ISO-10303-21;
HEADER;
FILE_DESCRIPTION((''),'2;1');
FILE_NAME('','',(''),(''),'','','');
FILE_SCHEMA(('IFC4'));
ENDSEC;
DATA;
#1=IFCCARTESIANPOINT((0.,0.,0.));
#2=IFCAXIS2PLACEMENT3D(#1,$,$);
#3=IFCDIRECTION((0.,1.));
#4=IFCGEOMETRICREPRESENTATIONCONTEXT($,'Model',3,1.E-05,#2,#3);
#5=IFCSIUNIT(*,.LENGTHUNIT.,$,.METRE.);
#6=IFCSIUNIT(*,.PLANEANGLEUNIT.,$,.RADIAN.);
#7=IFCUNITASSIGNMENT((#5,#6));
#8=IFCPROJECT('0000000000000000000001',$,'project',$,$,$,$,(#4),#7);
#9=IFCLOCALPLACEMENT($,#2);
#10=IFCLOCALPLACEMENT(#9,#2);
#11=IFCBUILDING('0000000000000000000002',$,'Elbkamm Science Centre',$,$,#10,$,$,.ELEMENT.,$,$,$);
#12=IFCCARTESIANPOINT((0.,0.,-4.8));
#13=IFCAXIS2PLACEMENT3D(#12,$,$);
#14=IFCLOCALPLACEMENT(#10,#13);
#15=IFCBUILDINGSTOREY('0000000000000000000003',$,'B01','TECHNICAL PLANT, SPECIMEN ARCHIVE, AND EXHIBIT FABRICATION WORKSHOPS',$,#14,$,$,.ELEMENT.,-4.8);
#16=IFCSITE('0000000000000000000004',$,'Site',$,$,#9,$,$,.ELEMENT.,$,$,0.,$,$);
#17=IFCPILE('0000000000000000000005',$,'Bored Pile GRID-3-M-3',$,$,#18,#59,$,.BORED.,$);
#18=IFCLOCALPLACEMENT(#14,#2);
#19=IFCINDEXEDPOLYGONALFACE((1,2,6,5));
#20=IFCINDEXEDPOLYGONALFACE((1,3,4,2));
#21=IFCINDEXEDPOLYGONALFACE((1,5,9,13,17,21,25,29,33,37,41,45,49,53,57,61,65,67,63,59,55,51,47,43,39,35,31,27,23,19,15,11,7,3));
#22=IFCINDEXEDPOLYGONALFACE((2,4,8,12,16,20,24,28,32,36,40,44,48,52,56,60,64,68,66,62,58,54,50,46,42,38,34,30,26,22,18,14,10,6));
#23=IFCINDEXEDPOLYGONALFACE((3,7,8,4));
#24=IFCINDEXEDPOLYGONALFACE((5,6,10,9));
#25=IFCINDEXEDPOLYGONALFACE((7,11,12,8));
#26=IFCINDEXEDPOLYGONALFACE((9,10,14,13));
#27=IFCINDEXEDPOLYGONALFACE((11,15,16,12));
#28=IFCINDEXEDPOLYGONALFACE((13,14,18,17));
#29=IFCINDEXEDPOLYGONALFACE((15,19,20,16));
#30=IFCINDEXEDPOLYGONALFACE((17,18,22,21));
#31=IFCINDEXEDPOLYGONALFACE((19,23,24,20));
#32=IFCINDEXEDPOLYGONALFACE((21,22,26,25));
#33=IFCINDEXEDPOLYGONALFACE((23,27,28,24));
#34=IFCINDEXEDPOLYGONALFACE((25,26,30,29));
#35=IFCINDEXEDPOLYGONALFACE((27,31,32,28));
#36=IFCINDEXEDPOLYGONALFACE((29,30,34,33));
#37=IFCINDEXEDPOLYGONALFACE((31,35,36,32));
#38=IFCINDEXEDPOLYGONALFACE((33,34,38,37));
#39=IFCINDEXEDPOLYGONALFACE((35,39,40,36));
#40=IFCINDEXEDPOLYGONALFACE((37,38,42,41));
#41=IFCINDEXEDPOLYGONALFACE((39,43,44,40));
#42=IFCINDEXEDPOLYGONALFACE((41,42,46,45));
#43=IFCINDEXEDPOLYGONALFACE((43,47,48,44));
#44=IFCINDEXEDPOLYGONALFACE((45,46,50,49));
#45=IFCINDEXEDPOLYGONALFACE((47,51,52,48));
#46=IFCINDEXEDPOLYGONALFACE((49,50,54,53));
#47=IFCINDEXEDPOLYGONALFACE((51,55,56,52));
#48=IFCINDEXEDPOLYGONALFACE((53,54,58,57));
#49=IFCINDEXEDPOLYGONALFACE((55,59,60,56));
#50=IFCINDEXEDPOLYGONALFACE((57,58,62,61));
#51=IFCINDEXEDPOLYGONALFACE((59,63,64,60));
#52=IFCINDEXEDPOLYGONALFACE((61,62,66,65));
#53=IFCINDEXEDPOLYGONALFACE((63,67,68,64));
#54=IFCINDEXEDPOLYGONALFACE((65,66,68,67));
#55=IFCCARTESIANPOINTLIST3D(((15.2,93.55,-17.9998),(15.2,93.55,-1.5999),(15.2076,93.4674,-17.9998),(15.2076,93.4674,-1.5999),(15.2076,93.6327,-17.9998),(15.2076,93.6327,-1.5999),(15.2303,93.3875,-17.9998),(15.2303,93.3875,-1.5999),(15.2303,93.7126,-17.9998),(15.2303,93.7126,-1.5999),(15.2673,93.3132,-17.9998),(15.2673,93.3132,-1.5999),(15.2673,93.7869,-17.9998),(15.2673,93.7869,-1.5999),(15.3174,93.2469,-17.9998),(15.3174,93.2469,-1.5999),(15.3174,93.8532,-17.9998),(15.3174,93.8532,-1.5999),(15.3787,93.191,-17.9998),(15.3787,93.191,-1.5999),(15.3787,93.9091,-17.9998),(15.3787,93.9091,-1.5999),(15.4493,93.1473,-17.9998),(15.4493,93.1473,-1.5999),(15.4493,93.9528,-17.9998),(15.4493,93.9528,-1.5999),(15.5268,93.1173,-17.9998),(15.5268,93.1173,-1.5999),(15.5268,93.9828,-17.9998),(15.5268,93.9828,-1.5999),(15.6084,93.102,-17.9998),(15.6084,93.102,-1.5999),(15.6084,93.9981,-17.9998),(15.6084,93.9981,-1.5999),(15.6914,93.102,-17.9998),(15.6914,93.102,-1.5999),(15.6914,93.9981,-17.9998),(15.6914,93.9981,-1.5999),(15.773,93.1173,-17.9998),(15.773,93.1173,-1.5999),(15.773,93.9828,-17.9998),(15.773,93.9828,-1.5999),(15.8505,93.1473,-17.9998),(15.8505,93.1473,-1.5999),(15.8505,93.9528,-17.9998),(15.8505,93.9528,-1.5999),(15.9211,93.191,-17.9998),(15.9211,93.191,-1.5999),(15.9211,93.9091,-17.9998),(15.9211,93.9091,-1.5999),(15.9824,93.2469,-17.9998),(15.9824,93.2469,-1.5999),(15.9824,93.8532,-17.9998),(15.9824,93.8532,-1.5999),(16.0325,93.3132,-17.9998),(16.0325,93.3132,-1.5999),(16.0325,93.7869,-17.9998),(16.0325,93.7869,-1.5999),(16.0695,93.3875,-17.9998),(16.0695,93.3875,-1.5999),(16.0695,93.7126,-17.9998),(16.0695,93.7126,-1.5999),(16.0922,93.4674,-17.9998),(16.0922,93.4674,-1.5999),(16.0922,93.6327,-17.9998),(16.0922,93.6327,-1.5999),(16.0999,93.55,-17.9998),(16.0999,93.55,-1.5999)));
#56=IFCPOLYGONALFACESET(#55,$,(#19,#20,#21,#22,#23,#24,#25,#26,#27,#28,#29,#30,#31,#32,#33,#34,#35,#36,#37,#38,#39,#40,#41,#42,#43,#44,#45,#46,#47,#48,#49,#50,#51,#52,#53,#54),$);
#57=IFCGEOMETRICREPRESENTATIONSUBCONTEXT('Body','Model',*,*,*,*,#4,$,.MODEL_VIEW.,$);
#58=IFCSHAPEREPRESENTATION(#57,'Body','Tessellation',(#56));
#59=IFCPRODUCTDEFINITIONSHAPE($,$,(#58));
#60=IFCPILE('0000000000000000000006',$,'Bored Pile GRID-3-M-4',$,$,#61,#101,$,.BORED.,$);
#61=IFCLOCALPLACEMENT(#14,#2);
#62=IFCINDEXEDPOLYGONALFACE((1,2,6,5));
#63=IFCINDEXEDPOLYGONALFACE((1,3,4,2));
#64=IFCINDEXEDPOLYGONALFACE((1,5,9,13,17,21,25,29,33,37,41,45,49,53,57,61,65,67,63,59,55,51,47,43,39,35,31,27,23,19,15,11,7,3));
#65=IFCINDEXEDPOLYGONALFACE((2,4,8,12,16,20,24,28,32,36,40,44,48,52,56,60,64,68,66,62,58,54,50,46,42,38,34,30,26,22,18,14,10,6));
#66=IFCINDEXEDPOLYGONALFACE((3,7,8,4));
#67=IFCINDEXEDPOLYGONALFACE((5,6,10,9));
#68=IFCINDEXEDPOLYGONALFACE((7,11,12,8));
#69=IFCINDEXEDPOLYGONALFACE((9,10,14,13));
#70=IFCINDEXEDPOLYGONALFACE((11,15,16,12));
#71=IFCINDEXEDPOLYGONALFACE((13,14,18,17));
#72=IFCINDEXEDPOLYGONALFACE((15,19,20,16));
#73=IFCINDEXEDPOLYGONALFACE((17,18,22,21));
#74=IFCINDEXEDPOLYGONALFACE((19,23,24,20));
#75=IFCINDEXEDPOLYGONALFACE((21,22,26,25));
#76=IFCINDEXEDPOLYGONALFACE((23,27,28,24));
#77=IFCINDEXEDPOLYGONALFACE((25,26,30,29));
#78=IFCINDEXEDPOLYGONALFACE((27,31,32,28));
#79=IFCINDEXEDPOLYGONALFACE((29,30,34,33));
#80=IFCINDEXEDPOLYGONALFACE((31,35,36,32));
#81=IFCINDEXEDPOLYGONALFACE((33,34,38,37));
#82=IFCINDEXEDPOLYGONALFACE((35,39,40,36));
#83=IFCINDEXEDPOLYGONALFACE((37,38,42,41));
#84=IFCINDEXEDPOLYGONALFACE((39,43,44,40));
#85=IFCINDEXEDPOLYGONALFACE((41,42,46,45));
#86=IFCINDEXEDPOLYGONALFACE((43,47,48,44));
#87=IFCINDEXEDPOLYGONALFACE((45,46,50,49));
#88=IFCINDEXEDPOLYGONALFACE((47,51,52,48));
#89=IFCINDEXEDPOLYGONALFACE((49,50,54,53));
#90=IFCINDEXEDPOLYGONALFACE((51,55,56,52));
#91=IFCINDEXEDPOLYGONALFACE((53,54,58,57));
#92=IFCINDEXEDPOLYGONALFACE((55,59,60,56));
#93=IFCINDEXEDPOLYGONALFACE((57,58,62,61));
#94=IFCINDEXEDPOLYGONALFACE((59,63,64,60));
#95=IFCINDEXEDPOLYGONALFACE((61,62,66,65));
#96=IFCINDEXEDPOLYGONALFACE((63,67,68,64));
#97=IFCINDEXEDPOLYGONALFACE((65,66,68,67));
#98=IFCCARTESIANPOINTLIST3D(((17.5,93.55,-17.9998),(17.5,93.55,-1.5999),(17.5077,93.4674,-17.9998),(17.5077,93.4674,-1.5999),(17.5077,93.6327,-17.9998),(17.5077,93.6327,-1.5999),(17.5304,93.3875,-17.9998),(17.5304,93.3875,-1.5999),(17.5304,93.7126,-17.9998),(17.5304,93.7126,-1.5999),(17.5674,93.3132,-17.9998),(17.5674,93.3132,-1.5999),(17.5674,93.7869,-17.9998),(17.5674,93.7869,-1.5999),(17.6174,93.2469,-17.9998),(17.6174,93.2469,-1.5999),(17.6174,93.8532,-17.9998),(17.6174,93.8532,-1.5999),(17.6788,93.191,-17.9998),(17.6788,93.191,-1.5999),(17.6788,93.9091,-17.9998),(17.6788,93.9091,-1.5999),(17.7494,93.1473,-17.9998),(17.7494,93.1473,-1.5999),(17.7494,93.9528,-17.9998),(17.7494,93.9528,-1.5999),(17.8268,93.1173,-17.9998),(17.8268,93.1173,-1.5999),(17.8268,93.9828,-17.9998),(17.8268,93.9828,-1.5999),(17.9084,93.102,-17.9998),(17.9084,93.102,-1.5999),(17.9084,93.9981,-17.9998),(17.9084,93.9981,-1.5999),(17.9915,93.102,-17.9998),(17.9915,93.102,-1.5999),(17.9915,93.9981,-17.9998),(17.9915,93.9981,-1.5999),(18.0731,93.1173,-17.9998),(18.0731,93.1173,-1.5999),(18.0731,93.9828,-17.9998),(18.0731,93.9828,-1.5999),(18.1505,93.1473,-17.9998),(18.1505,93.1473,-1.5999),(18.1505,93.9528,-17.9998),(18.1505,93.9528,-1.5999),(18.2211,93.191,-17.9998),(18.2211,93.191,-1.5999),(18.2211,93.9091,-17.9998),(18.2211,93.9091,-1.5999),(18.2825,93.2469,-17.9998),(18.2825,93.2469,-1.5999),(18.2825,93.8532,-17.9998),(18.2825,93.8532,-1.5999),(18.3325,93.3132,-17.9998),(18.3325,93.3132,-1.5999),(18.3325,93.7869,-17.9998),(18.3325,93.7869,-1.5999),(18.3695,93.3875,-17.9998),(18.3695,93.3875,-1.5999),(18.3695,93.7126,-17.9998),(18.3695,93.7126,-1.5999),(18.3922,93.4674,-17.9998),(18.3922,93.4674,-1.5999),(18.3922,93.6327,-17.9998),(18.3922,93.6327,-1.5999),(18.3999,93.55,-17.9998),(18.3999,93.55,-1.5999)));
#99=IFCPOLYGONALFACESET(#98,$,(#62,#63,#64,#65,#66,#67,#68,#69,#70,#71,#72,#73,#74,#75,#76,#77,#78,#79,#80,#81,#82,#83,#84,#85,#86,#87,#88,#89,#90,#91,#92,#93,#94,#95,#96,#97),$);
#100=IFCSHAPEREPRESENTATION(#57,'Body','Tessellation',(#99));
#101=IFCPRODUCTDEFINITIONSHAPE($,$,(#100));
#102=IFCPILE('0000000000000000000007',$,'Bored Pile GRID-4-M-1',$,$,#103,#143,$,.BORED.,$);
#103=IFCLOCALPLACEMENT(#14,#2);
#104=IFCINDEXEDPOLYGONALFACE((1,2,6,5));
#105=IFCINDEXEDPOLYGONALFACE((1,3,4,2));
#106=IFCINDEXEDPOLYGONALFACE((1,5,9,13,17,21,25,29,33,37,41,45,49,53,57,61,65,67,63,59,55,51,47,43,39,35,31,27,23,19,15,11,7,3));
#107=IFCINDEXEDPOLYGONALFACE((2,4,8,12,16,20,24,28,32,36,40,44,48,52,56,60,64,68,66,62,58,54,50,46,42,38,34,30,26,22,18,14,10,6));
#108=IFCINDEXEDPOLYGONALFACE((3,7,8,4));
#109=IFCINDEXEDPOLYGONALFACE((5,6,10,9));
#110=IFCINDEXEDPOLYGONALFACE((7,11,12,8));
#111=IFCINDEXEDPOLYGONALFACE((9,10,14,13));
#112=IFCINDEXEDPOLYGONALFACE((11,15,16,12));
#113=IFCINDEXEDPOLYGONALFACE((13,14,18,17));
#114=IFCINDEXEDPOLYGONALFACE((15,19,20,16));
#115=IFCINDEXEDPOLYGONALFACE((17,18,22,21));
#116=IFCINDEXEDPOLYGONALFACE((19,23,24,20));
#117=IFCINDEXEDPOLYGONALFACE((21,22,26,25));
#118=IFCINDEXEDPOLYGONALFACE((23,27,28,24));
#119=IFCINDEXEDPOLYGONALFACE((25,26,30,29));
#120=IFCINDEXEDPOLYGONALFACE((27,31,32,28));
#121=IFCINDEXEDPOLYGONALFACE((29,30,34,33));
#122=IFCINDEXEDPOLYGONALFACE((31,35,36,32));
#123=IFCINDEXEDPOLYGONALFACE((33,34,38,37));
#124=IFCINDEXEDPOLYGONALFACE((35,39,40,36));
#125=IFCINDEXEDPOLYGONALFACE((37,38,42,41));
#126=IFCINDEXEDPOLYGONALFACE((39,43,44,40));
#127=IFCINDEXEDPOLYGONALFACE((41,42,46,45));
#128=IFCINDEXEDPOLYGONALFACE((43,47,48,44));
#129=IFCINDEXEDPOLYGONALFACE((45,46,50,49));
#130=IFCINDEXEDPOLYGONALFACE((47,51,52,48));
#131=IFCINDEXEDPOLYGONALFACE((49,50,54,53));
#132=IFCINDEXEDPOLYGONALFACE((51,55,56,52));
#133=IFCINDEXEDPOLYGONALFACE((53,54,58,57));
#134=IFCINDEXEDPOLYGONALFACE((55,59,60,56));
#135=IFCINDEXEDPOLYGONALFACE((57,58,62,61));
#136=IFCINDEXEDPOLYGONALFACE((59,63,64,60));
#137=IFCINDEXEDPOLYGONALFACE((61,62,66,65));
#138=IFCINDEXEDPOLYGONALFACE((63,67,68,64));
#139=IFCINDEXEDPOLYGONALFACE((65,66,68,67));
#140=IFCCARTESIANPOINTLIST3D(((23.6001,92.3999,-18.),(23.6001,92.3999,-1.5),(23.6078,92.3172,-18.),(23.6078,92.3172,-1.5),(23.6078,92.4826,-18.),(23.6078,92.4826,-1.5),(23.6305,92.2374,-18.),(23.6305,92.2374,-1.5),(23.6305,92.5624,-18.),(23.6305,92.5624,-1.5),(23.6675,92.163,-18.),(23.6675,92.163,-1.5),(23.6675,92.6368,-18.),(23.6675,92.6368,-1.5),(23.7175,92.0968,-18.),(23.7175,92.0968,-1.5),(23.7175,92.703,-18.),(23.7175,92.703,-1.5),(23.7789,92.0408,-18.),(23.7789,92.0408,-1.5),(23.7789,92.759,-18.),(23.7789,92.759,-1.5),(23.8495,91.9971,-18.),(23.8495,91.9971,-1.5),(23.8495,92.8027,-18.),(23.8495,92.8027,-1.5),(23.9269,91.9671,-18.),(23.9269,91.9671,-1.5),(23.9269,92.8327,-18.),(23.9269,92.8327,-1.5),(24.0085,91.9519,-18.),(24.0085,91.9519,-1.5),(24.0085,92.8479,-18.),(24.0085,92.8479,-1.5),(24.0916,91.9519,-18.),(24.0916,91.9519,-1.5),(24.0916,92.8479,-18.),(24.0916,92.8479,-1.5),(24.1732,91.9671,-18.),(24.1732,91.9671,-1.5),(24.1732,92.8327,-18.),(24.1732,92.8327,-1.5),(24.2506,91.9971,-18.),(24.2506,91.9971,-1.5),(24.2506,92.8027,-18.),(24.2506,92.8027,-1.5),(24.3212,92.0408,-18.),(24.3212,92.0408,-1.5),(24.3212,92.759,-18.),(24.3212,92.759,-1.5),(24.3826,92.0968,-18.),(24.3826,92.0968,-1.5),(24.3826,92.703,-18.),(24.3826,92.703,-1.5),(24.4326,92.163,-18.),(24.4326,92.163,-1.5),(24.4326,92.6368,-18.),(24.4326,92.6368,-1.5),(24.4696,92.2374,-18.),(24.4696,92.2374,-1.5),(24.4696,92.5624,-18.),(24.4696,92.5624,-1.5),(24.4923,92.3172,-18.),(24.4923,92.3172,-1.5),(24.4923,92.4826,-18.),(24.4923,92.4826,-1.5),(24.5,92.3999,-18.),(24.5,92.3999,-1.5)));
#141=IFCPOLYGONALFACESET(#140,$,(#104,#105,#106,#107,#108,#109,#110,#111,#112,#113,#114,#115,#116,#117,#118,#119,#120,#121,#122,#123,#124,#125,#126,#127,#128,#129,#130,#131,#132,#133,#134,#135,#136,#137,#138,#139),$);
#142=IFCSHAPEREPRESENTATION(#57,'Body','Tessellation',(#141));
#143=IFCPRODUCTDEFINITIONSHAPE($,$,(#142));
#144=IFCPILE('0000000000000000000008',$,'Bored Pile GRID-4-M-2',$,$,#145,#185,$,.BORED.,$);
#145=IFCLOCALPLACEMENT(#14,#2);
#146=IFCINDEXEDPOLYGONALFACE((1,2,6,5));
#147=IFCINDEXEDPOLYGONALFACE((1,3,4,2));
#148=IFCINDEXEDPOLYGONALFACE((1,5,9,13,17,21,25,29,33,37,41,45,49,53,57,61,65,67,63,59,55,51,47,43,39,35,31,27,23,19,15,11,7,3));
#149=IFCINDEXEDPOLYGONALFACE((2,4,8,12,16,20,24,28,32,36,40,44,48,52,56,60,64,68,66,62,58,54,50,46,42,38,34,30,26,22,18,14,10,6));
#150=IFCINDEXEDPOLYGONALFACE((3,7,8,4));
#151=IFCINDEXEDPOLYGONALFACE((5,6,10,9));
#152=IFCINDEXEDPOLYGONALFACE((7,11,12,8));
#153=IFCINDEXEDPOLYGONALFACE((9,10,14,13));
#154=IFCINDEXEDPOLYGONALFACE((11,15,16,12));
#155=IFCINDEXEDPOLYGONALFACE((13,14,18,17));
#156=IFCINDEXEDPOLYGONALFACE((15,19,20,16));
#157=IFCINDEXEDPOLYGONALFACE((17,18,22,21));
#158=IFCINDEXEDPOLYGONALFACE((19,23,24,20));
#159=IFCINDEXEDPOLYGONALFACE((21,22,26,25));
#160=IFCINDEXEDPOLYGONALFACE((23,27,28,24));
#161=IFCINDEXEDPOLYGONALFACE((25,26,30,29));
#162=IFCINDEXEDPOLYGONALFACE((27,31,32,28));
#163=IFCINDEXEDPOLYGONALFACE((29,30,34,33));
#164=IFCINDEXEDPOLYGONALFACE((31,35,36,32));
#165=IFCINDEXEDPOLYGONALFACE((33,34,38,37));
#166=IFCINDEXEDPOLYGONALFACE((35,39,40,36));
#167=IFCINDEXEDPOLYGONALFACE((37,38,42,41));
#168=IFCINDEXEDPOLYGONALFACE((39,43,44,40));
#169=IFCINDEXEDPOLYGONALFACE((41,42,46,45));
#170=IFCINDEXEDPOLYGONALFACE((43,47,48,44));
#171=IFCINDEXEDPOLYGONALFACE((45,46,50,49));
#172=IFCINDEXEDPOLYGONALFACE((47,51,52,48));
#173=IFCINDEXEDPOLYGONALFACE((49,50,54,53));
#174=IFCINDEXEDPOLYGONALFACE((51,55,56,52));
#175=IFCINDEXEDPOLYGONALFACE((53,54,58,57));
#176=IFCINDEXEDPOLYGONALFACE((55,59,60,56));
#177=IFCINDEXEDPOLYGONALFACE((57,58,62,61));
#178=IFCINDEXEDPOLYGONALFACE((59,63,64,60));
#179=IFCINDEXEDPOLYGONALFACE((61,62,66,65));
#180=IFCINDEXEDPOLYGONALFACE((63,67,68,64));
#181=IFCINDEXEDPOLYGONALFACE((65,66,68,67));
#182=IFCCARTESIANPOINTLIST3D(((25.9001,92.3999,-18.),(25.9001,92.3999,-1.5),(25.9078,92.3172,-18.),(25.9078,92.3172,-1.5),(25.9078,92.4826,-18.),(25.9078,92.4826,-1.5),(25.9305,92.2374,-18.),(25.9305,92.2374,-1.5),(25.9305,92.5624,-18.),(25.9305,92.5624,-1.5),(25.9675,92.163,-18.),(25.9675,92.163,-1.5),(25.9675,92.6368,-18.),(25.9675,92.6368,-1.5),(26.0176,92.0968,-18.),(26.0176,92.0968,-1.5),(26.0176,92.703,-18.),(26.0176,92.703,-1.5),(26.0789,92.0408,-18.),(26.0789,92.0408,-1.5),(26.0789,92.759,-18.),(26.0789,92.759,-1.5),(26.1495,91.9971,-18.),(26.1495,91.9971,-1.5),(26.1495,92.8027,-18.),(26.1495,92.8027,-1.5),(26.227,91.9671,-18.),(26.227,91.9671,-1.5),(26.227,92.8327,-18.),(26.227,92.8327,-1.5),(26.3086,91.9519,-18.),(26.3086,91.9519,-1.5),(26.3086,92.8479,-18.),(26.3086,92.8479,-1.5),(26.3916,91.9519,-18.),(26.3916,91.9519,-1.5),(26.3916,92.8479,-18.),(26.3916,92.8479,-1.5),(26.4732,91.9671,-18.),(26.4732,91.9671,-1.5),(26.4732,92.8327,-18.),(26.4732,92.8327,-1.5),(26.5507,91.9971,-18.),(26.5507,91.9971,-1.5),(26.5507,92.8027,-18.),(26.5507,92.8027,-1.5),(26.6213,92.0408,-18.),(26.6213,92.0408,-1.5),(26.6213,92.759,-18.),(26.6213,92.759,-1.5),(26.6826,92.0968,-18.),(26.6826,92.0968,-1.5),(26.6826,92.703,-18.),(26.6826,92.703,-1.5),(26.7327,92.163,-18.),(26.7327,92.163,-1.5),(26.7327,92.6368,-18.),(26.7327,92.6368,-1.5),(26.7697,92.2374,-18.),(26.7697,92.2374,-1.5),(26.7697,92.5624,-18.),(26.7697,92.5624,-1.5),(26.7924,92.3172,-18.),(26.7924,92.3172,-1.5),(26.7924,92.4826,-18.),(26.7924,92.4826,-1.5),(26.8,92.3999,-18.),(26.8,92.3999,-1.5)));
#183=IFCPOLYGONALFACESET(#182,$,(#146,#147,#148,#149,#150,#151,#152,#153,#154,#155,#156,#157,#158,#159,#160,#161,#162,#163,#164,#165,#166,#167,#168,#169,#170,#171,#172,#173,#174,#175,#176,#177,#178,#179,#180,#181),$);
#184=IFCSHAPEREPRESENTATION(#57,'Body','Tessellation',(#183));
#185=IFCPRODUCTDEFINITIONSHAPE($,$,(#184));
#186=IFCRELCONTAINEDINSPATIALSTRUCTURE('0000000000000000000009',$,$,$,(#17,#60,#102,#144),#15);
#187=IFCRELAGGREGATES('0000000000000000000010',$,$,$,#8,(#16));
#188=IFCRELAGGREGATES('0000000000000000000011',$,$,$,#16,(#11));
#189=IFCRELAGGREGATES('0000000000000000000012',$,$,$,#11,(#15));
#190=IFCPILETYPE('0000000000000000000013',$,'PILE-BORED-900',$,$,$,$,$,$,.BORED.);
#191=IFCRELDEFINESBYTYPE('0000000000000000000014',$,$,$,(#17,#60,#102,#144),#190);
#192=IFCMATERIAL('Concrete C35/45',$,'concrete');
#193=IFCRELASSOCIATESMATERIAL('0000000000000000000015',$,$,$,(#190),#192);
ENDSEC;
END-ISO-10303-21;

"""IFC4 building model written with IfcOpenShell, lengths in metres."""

from ifc_helpers import new_model, si_unit, direction, frame, origin, origin_2d, place, context, subcontext, project, spatial, circle, extrude, material, material_profile, profile_set, type_object, element, save


model = new_model("IFC4")

# Units and contexts
model_context = context("Model", 3, precision=1e-05, world=origin(), true_north=direction((0.0, 1.0)))
body_context = subcontext(model_context, "Body", "Model", "MODEL_VIEW")
ifc_project = project(units=[si_unit("LENGTHUNIT", "METRE"), si_unit("PLANEANGLEUNIT", "RADIAN")], contexts=[model_context])

# Site, building, storey
site_placement = place(None, origin())
site = spatial("IfcSite", under=ifc_project, at=site_placement, Name="Site", CompositionType="ELEMENT", RefElevation=0.0)
building_placement = place(site_placement, origin())
building = spatial("IfcBuilding", under=site, at=building_placement, Name="Elbkamm Science Centre", CompositionType="ELEMENT")
storey_placement = place(building_placement, frame((0.0, 0.0, -4.8)))
storey = spatial("IfcBuildingStorey", under=building, at=storey_placement, Name="B01", Description="TECHNICAL PLANT, SPECIMEN ARCHIVE, AND EXHIBIT FABRICATION WORKSHOPS", CompositionType="ELEMENT", Elevation=-4.8)

# Shared definitions
ifc_material_1 = material(Name="Concrete C35/45", Category="concrete")

# Piles
ifc_material_profile_1 = material_profile(ifc_material_1, circle(Radius=0.45, at=origin_2d()), Name="PILE D900")
ifc_profile_set_1 = profile_set([ifc_material_profile_1], Name="Concrete C35/45")
pile_type = type_object("IfcPileType", Name="PILE-BORED-900", PredefinedType="BORED", material=ifc_profile_set_1)
for number, where, z_axis, x_axis, name in (
    (1, (15.6499, 93.55, -1.5999), (0.0, 0.0, -1.0), (1.0, 0.0, 0.0), "Bored Pile GRID-3-M-3"),
    (2, (17.95, 93.55, -1.5999), (0.0, 0.0, -1.0), (1.0, 0.0, 0.0), "Bored Pile GRID-3-M-4"),
):
    element("IfcPile", number, at=place(storey_placement, frame(where, z_axis=z_axis, x_axis=x_axis)), inside=storey, type_object=pile_type, Name=name, PredefinedType="BORED", context=body_context, shape_type="SweptSolid", body=[
        extrude(circle(Radius=0.45, at=origin_2d()), origin(), (0.0, 0.0, 1.0), 16.3999),
    ])
for number, where, z_axis, x_axis, name in (
    (3, (24.05, 92.3999, -1.5), (0.0, 0.0, -1.0), (1.0, 0.0, 0.0), "Bored Pile GRID-4-M-1"),
    (4, (26.3501, 92.3999, -1.5), (0.0, 0.0, -1.0), (1.0, 0.0, 0.0), "Bored Pile GRID-4-M-2"),
):
    element("IfcPile", number, at=place(storey_placement, frame(where, z_axis=z_axis, x_axis=x_axis)), inside=storey, type_object=pile_type, Name=name, PredefinedType="BORED", context=body_context, shape_type="SweptSolid", body=[
        extrude(circle(Radius=0.45, at=origin_2d()), origin(), (0.0, 0.0, 1.0), 16.5),
    ])

save(model, "model.ifc")
